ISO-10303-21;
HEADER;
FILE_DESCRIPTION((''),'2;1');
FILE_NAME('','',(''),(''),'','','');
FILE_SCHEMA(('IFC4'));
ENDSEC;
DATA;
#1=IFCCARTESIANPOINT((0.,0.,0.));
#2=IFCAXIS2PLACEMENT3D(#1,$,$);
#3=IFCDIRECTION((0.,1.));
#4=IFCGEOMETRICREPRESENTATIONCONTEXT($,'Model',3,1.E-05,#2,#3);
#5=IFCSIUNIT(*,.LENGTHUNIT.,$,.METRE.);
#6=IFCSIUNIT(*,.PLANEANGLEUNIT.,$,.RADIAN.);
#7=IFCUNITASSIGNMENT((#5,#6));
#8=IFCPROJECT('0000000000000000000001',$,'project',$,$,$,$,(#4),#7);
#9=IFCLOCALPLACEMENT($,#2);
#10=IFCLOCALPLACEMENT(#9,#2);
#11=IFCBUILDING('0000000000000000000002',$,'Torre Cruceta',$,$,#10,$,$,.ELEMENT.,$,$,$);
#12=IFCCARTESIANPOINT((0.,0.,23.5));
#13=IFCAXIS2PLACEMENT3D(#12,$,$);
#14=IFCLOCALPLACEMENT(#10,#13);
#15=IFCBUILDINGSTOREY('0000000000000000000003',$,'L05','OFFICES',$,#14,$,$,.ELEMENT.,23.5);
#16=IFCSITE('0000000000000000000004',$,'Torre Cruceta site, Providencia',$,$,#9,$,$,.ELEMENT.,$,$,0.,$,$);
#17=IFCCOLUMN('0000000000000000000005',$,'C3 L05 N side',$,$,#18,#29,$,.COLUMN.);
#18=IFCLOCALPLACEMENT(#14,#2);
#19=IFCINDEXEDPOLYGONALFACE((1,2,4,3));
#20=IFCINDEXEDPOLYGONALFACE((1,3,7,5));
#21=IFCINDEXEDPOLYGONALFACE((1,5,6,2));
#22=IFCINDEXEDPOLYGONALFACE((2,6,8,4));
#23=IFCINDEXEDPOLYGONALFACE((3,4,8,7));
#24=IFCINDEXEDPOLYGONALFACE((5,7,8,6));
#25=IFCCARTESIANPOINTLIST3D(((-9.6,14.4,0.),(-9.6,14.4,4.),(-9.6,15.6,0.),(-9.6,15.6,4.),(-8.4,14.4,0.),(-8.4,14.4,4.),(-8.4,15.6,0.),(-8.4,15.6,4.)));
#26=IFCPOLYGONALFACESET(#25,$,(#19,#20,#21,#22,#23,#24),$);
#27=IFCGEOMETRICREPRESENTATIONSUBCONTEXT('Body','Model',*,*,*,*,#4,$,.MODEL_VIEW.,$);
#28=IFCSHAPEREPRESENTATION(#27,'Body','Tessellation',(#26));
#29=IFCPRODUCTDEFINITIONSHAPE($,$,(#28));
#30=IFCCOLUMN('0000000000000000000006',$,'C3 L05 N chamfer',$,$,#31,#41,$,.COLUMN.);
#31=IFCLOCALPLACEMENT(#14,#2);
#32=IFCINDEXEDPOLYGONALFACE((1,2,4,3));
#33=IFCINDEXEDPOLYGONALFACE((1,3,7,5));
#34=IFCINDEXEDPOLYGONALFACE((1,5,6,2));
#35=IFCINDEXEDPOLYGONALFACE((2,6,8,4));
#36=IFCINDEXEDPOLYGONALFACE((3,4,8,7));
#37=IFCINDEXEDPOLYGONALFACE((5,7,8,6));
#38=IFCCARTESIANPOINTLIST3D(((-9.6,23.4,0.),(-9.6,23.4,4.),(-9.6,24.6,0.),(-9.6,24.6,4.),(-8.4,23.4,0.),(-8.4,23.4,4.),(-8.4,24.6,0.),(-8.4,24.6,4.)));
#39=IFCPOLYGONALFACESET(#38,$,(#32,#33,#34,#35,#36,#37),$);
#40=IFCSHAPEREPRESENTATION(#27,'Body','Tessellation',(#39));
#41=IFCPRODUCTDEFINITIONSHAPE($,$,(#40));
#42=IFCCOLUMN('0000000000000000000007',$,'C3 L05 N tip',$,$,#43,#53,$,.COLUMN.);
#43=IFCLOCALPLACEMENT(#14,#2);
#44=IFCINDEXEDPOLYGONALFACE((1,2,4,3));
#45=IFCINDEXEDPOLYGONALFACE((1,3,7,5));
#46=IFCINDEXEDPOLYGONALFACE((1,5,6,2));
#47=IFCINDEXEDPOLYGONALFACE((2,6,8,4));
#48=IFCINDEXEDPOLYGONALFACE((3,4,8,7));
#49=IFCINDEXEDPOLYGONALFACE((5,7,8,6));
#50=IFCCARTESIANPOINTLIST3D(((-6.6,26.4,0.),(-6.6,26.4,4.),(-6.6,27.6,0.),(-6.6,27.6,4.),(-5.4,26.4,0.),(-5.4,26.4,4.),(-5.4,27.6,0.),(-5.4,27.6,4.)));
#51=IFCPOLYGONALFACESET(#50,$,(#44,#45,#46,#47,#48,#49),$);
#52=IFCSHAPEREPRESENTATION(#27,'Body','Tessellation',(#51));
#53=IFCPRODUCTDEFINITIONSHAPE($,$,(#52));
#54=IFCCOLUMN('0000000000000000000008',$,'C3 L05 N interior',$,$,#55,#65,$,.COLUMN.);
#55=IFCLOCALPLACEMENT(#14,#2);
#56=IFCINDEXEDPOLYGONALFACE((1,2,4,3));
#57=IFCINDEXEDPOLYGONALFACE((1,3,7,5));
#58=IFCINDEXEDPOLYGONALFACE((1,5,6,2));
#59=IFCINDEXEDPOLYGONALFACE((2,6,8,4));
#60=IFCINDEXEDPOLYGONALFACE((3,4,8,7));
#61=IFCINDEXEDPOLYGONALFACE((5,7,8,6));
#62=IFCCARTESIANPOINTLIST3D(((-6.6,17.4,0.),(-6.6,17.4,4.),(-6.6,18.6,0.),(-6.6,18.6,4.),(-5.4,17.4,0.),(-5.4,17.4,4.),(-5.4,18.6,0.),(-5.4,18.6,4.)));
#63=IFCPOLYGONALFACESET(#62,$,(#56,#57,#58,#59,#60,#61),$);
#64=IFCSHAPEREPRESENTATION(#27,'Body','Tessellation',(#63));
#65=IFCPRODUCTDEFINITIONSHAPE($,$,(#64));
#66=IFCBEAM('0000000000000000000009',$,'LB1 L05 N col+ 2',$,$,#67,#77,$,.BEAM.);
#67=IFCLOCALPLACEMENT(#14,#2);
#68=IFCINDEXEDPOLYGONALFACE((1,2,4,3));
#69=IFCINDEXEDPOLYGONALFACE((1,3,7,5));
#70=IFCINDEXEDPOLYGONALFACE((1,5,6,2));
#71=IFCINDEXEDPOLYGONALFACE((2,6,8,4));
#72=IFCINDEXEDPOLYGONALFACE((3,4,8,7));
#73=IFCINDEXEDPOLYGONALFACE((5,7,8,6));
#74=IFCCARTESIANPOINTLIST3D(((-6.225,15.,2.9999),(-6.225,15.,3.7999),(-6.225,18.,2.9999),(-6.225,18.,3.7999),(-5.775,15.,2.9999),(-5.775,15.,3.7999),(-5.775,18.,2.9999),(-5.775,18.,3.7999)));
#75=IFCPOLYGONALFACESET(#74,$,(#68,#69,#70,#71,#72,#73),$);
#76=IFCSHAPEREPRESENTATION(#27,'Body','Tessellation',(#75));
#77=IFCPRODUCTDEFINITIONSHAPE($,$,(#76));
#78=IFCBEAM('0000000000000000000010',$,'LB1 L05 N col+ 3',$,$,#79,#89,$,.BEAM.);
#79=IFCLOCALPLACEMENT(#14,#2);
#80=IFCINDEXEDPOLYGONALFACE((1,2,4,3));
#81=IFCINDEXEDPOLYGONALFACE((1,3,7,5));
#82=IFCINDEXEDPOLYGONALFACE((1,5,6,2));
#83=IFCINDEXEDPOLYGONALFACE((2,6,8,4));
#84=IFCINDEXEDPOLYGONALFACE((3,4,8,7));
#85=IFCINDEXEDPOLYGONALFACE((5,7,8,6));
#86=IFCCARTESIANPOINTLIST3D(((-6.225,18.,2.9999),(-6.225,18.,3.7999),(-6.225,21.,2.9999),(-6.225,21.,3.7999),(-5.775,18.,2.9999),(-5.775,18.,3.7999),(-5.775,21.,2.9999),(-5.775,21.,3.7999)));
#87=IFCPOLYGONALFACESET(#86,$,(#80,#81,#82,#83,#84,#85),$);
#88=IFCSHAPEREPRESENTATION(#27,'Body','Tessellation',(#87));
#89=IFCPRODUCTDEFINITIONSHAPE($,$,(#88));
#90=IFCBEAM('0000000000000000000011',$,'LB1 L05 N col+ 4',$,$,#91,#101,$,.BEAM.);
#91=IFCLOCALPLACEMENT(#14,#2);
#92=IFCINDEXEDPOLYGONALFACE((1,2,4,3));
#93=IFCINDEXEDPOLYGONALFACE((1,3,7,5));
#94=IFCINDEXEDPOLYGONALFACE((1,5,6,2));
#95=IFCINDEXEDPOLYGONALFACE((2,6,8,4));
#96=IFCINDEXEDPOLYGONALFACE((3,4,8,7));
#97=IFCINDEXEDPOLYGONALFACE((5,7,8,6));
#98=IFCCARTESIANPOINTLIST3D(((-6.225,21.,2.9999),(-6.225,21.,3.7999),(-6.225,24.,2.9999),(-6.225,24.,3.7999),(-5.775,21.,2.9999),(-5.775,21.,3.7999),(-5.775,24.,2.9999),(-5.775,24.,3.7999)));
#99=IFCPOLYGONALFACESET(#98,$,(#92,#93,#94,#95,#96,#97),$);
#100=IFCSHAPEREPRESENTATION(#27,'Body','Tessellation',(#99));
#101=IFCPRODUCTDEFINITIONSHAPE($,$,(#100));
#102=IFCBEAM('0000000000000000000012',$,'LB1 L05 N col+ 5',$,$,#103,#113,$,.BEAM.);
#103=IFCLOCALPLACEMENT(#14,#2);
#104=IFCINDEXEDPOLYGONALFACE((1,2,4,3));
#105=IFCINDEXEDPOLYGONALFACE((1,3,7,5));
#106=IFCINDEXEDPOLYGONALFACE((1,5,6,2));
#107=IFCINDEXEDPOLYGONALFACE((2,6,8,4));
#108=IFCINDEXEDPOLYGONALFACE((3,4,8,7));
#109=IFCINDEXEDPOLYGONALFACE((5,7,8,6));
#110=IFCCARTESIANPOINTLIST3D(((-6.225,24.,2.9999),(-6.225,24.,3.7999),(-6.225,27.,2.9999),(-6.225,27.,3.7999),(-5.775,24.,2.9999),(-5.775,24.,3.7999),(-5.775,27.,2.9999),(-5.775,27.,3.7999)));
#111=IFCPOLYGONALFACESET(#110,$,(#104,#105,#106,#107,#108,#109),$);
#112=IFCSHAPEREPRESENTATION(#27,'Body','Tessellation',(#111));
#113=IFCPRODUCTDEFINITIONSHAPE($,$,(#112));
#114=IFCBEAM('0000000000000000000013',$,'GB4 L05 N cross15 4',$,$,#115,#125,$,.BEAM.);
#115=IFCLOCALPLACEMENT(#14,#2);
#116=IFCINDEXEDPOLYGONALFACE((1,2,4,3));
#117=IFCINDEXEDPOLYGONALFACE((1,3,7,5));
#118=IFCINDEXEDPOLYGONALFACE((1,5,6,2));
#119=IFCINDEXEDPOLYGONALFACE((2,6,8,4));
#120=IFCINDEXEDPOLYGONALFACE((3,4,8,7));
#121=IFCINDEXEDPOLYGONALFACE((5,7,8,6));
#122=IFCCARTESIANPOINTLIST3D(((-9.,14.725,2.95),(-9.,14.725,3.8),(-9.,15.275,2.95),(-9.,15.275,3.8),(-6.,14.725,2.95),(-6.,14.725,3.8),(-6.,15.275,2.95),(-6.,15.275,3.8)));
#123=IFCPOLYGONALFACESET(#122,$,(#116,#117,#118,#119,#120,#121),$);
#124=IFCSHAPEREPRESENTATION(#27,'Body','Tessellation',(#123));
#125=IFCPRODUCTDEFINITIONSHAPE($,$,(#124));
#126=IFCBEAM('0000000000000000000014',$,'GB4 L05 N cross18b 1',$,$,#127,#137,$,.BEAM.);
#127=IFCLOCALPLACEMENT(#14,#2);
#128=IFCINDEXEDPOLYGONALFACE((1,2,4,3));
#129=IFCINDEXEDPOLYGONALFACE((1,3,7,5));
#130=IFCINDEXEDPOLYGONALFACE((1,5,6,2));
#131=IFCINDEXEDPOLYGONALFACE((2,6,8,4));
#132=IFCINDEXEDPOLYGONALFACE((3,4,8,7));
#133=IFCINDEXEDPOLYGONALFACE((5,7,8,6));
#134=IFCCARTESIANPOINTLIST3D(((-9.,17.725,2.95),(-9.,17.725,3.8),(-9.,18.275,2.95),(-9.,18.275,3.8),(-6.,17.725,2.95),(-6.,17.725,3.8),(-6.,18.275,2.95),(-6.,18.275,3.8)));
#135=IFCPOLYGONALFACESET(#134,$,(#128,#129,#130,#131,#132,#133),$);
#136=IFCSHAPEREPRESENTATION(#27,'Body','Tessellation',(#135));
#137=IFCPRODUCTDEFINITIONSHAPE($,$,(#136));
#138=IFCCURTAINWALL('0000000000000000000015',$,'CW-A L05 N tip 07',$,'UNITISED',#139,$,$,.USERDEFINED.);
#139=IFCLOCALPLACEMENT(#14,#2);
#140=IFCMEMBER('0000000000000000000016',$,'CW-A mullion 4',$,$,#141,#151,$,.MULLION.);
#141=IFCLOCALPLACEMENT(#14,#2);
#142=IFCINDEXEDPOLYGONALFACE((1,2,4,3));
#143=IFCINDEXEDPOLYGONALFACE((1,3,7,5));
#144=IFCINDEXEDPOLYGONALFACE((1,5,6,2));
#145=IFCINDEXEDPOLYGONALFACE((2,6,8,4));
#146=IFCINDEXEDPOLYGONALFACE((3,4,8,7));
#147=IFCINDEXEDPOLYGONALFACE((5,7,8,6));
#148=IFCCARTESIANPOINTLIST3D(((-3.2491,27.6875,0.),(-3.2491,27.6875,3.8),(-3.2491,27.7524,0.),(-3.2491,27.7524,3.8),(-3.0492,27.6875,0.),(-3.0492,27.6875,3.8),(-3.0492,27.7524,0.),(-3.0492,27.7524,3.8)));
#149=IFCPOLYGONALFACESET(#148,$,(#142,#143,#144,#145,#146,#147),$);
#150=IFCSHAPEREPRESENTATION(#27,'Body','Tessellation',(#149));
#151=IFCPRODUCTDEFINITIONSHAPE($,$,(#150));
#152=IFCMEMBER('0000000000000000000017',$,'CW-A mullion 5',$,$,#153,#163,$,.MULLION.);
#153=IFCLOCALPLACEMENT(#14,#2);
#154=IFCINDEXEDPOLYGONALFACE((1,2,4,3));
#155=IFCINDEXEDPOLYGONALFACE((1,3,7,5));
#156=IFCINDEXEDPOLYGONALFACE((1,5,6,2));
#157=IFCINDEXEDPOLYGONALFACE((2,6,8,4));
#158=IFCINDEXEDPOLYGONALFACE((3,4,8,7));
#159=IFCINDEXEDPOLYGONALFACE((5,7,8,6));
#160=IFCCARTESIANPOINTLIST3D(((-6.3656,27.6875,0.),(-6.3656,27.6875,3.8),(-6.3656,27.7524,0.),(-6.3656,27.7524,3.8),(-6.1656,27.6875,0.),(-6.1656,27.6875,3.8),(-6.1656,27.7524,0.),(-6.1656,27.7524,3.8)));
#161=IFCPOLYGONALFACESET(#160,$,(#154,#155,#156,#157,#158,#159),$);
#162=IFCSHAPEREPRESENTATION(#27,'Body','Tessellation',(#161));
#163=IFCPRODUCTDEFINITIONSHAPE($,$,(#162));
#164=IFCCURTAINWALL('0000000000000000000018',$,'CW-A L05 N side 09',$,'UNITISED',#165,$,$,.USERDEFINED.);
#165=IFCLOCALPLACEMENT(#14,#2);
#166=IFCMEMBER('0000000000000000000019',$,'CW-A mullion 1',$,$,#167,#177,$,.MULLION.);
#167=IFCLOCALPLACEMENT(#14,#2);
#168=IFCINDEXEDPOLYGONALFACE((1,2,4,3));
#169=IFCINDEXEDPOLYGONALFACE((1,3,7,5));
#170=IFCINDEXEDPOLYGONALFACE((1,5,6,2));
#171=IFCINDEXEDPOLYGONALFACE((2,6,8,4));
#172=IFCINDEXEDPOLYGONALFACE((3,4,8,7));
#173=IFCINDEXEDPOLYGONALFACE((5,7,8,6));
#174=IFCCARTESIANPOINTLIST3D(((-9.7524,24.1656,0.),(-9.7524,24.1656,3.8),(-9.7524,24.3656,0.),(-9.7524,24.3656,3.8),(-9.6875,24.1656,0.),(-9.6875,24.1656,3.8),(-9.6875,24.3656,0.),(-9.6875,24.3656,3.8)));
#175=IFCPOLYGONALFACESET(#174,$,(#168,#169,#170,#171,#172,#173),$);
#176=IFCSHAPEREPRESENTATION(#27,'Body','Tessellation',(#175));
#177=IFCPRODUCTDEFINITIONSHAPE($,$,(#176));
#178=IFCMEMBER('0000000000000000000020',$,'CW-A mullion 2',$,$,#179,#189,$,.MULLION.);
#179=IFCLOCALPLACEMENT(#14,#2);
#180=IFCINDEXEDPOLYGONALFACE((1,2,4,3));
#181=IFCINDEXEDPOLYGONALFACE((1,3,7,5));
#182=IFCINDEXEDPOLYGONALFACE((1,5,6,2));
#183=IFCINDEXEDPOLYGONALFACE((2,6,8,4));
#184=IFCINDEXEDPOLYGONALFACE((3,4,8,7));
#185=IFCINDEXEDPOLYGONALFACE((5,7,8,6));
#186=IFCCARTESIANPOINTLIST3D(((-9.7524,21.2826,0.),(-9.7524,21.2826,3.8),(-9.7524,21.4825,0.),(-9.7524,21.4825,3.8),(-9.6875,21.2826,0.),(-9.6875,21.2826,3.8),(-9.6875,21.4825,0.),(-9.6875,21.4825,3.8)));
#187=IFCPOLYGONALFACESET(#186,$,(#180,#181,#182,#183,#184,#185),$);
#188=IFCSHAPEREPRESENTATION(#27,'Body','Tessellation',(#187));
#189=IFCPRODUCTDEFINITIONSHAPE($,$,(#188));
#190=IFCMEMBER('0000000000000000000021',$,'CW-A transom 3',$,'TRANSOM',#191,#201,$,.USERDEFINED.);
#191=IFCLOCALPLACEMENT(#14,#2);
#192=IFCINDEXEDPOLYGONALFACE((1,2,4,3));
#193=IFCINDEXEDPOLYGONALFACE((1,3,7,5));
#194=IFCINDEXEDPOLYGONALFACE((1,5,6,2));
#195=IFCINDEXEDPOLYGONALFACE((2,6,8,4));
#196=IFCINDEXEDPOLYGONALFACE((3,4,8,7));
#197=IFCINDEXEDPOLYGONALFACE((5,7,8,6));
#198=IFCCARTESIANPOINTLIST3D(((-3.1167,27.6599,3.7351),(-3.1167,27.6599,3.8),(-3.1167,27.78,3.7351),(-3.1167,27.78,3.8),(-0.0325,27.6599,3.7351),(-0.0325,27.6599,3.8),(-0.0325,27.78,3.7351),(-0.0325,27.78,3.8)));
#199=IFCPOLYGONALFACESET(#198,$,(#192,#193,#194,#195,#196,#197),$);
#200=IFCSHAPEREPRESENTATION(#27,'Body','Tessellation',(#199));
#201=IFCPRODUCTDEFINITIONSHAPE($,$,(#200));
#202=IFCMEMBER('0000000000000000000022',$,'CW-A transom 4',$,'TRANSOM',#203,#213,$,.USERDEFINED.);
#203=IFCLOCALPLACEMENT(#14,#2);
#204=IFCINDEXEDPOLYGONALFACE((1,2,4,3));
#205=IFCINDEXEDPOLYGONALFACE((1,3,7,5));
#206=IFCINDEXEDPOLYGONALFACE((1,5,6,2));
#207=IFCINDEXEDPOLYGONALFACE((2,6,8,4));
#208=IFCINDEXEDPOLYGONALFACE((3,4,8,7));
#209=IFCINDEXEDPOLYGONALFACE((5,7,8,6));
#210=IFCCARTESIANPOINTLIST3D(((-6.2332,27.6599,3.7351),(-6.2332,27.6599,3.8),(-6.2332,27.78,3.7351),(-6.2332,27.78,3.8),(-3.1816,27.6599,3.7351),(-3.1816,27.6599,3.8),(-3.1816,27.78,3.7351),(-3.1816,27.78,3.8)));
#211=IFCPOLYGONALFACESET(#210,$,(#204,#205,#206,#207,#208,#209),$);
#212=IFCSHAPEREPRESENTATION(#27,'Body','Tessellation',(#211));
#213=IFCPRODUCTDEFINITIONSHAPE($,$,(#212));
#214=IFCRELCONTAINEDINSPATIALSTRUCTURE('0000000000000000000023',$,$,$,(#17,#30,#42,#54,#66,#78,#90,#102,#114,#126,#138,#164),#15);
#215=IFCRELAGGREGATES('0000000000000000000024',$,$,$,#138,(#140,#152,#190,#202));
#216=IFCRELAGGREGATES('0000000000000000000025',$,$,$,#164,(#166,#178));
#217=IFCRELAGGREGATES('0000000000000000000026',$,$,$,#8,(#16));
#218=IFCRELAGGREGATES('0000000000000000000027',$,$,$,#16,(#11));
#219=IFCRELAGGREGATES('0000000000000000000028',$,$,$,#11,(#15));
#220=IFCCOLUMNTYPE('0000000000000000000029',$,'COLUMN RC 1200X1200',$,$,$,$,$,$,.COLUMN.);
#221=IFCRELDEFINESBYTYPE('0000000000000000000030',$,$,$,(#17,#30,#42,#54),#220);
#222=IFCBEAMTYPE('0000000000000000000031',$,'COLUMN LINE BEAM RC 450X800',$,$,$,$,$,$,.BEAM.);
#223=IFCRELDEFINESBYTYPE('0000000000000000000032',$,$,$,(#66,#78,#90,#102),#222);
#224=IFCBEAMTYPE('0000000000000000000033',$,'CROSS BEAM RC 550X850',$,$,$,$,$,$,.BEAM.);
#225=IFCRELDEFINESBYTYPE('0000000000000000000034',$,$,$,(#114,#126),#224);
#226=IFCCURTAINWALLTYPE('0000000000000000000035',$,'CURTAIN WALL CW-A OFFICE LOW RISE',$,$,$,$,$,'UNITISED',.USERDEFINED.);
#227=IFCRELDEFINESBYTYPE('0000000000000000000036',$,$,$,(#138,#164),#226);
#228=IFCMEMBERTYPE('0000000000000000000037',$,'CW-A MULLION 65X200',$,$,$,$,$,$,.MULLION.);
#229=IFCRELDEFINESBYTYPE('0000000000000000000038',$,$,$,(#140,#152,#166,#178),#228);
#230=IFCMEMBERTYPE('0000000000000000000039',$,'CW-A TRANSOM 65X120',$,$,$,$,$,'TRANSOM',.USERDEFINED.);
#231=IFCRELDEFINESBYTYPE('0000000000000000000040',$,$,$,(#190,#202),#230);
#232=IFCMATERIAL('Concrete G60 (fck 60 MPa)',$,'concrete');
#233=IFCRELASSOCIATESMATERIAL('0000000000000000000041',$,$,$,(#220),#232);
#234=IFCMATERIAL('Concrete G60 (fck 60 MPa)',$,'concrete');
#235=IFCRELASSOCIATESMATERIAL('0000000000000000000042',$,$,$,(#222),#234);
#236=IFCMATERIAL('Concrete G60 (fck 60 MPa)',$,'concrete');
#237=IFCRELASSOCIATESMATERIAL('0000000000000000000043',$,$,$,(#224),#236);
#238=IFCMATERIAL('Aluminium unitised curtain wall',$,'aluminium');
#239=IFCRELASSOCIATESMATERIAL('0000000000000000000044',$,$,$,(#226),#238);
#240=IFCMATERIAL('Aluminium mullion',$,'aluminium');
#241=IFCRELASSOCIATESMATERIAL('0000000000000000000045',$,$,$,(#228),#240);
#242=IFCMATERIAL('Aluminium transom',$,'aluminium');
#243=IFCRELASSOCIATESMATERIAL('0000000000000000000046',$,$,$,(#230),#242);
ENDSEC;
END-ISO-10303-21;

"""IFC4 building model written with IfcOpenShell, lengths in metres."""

from ifc_helpers import new_model, si_unit, direction, frame, origin, origin_2d, place, context, subcontext, project, spatial, rectangle, extrude, material, material_profile, profile_set, type_object, element, aggregate, save


model = new_model("IFC4")

# Units and contexts
model_context = context("Model", 3, precision=1e-05, world=origin(), true_north=direction((0.0, 1.0)))
body_context = subcontext(model_context, "Body", "Model", "MODEL_VIEW")
ifc_project = project(units=[si_unit("LENGTHUNIT", "METRE"), si_unit("PLANEANGLEUNIT", "RADIAN")], contexts=[model_context])

# Site, building, storey
site_placement = place(None, origin())
site = spatial("IfcSite", under=ifc_project, at=site_placement, Name="Torre Cruceta site, Providencia", CompositionType="ELEMENT", RefElevation=0.0)
building_placement = place(site_placement, origin())
building = spatial("IfcBuilding", under=site, at=building_placement, Name="Torre Cruceta", CompositionType="ELEMENT")
storey_placement = place(building_placement, frame((0.0, 0.0, 23.5)))
storey = spatial("IfcBuildingStorey", under=building, at=storey_placement, Name="L05", Description="OFFICES", CompositionType="ELEMENT", Elevation=23.5)

# Columns
ifc_material_1 = material(Name="Concrete G60 (fck 60 MPa)", Category="concrete")
ifc_material_profile_1 = material_profile(ifc_material_1, rectangle(XDim=1.2, YDim=1.2, at=origin_2d()), Name="RC 1200X1200")
ifc_profile_set_1 = profile_set([ifc_material_profile_1], Name="Concrete G60 (fck 60 MPa)")
column_type = type_object("IfcColumnType", Name="COLUMN RC 1200X1200", PredefinedType="COLUMN", material=ifc_profile_set_1)
for number, where, z_axis, x_axis, name in (
    (1, (-9.0, 15.0, 0.0), (0.0, 0.0, 1.0), (1.0, 0.0, 0.0), "C3 L05 N side"),
    (2, (-9.0, 24.0, 0.0), (0.0, 0.0, 1.0), (1.0, 0.0, 0.0), "C3 L05 N chamfer"),
    (3, (-6.0, 27.0, 0.0), (0.0, 0.0, 1.0), (1.0, 0.0, 0.0), "C3 L05 N tip"),
    (4, (-6.0, 18.0, 0.0), (0.0, 0.0, 1.0), (1.0, 0.0, 0.0), "C3 L05 N interior"),
):
    element("IfcColumn", number, at=place(storey_placement, frame(where, z_axis=z_axis, x_axis=x_axis)), inside=storey, type_object=column_type, Name=name, PredefinedType="COLUMN", context=body_context, shape_type="SweptSolid", body=[
        extrude(rectangle(XDim=1.2, YDim=1.2, at=origin_2d()), origin(), (0.0, 0.0, 1.0), 4.0),
    ])

# Beams
ifc_material_2 = material(Name="Concrete G60 (fck 60 MPa)", Category="concrete")
ifc_material_profile_2 = material_profile(ifc_material_2, rectangle(XDim=0.45, YDim=0.8, at=origin_2d()), Name="RC 450X800")
ifc_profile_set_2 = profile_set([ifc_material_profile_2], Name="Concrete G60 (fck 60 MPa)")
beam_type_1 = type_object("IfcBeamType", Name="COLUMN LINE BEAM RC 450X800", PredefinedType="BEAM", material=ifc_profile_set_2)
for number, where, z_axis, x_axis, name in (
    (5, (-6.0, 15.0, 3.3999), (0.0, 1.0, 0.0), (-1.0, 0.0, 0.0), "LB1 L05 N col+ 2"),
    (6, (-6.0, 18.0, 3.3999), (0.0, 1.0, 0.0), (-1.0, 0.0, 0.0), "LB1 L05 N col+ 3"),
    (7, (-6.0, 21.0, 3.3999), (0.0, 1.0, 0.0), (-1.0, 0.0, 0.0), "LB1 L05 N col+ 4"),
    (8, (-6.0, 24.0, 3.3999), (0.0, 1.0, 0.0), (-1.0, 0.0, 0.0), "LB1 L05 N col+ 5"),
):
    element("IfcBeam", number, at=place(storey_placement, frame(where, z_axis=z_axis, x_axis=x_axis)), inside=storey, type_object=beam_type_1, Name=name, PredefinedType="BEAM", context=body_context, shape_type="SweptSolid", body=[
        extrude(rectangle(XDim=0.45, YDim=0.8, at=origin_2d()), origin(), (0.0, 0.0, 1.0), 3.0),
    ])
ifc_material_3 = material(Name="Concrete G60 (fck 60 MPa)", Category="concrete")
ifc_material_profile_3 = material_profile(ifc_material_3, rectangle(XDim=0.55, YDim=0.8501, at=origin_2d()), Name="RC 550X850")
ifc_profile_set_3 = profile_set([ifc_material_profile_3], Name="Concrete G60 (fck 60 MPa)")
beam_type_2 = type_object("IfcBeamType", Name="CROSS BEAM RC 550X850", PredefinedType="BEAM", material=ifc_profile_set_3)
for number, where, z_axis, x_axis, name in (
    (9, (-6.0, 15.0, 3.375), (-1.0, 0.0, 0.0), (0.0, -1.0, 0.0), "GB4 L05 N cross15 4"),
    (10, (-6.0, 18.0, 3.375), (-1.0, 0.0, 0.0), (0.0, -1.0, 0.0), "GB4 L05 N cross18b 1"),
):
    element("IfcBeam", number, at=place(storey_placement, frame(where, z_axis=z_axis, x_axis=x_axis)), inside=storey, type_object=beam_type_2, Name=name, PredefinedType="BEAM", context=body_context, shape_type="SweptSolid", body=[
        extrude(rectangle(XDim=0.55, YDim=0.8501, at=origin_2d()), origin(), (0.0, 0.0, 1.0), 3.0),
    ])

# Curtain walls, members
ifc_material_4 = material(Name="Aluminium unitised curtain wall", Category="aluminium")
curtain_wall_type = type_object("IfcCurtainWallType", Name="CURTAIN WALL CW-A OFFICE LOW RISE", ElementType="UNITISED", PredefinedType="USERDEFINED", material=ifc_material_4)
curtain_wall_1_placement = place(storey_placement, origin())
curtain_wall_1 = element("IfcCurtainWall", 11, at=curtain_wall_1_placement, inside=storey, type_object=curtain_wall_type, Name="CW-A L05 N tip 07", ObjectType="UNITISED", PredefinedType="USERDEFINED")
ifc_material_5 = material(Name="Aluminium mullion", Category="aluminium")
ifc_material_profile_4 = material_profile(ifc_material_5, rectangle(XDim=0.0649, YDim=0.2, at=origin_2d()), Name="AL 65X200")
ifc_profile_set_4 = profile_set([ifc_material_profile_4], Name="Aluminium mullion")
member_type_1 = type_object("IfcMemberType", Name="CW-A MULLION 65X200", PredefinedType="MULLION", material=ifc_profile_set_4)
member_1_placement = place(storey_placement, frame((-3.1492, 27.72, 0.0), z_axis=(0.0, 0.0, 1.0), x_axis=(0.0, -1.0, 0.0)))
member_1 = element("IfcMember", 12, at=member_1_placement, type_object=member_type_1, Name="CW-A mullion 4", PredefinedType="MULLION", context=body_context, shape_type="SweptSolid", body=[
    extrude(rectangle(XDim=0.0649, YDim=0.2, at=origin_2d()), origin(), (0.0, 0.0, 1.0), 3.8),
])
member_2_placement = place(storey_placement, frame((-6.2656, 27.72, 0.0), z_axis=(0.0, 0.0, 1.0), x_axis=(0.0, -1.0, 0.0)))
member_2 = element("IfcMember", 13, at=member_2_placement, type_object=member_type_1, Name="CW-A mullion 5", PredefinedType="MULLION", context=body_context, shape_type="SweptSolid", body=[
    extrude(rectangle(XDim=0.0649, YDim=0.2, at=origin_2d()), origin(), (0.0, 0.0, 1.0), 3.8),
])
curtain_wall_2_placement = place(storey_placement, origin())
curtain_wall_2 = element("IfcCurtainWall", 14, at=curtain_wall_2_placement, inside=storey, type_object=curtain_wall_type, Name="CW-A L05 N side 09", ObjectType="UNITISED", PredefinedType="USERDEFINED")
member_3_placement = place(storey_placement, frame((-9.72, 24.2656, 0.0), z_axis=(0.0, 0.0, 1.0), x_axis=(1.0, 0.0, 0.0)))
member_3 = element("IfcMember", 15, at=member_3_placement, type_object=member_type_1, Name="CW-A mullion 1", PredefinedType="MULLION", context=body_context, shape_type="SweptSolid", body=[
    extrude(rectangle(XDim=0.0649, YDim=0.2, at=origin_2d()), origin(), (0.0, 0.0, 1.0), 3.8),
])
member_4_placement = place(storey_placement, frame((-9.72, 21.3826, 0.0), z_axis=(0.0, 0.0, 1.0), x_axis=(1.0, 0.0, 0.0)))
member_4 = element("IfcMember", 16, at=member_4_placement, type_object=member_type_1, Name="CW-A mullion 2", PredefinedType="MULLION", context=body_context, shape_type="SweptSolid", body=[
    extrude(rectangle(XDim=0.0649, YDim=0.2, at=origin_2d()), origin(), (0.0, 0.0, 1.0), 3.8),
])

# Members
ifc_material_6 = material(Name="Aluminium transom", Category="aluminium")
ifc_material_profile_5 = material_profile(ifc_material_6, rectangle(XDim=0.1201, YDim=0.0649, at=origin_2d()), Name="AL 120X65")
ifc_profile_set_5 = profile_set([ifc_material_profile_5], Name="Aluminium transom")
member_type_2 = type_object("IfcMemberType", Name="CW-A TRANSOM 65X120", ElementType="TRANSOM", PredefinedType="USERDEFINED", material=ifc_profile_set_5)
member_5_placement = place(storey_placement, frame((-0.0325, 27.72, 3.7676), z_axis=(-1.0, 0.0, 0.0), x_axis=(0.0, -1.0, 0.0)))
member_5 = element("IfcMember", 17, at=member_5_placement, type_object=member_type_2, Name="CW-A transom 3", ObjectType="TRANSOM", PredefinedType="USERDEFINED", context=body_context, shape_type="SweptSolid", body=[
    extrude(rectangle(XDim=0.1201, YDim=0.0649, at=origin_2d()), origin(), (0.0, 0.0, 1.0), 3.0842),
])
member_6_placement = place(storey_placement, frame((-3.1816, 27.72, 3.7676), z_axis=(-1.0, 0.0, 0.0), x_axis=(0.0, -1.0, 0.0)))
member_6 = element("IfcMember", 18, at=member_6_placement, type_object=member_type_2, Name="CW-A transom 4", ObjectType="TRANSOM", PredefinedType="USERDEFINED", context=body_context, shape_type="SweptSolid", body=[
    extrude(rectangle(XDim=0.1201, YDim=0.0649, at=origin_2d()), origin(), (0.0, 0.0, 1.0), 3.0515),
])

aggregate(curtain_wall_1, [member_1, member_2, member_5, member_6])
aggregate(curtain_wall_2, [member_3, member_4])

save(model, "model.ifc")
